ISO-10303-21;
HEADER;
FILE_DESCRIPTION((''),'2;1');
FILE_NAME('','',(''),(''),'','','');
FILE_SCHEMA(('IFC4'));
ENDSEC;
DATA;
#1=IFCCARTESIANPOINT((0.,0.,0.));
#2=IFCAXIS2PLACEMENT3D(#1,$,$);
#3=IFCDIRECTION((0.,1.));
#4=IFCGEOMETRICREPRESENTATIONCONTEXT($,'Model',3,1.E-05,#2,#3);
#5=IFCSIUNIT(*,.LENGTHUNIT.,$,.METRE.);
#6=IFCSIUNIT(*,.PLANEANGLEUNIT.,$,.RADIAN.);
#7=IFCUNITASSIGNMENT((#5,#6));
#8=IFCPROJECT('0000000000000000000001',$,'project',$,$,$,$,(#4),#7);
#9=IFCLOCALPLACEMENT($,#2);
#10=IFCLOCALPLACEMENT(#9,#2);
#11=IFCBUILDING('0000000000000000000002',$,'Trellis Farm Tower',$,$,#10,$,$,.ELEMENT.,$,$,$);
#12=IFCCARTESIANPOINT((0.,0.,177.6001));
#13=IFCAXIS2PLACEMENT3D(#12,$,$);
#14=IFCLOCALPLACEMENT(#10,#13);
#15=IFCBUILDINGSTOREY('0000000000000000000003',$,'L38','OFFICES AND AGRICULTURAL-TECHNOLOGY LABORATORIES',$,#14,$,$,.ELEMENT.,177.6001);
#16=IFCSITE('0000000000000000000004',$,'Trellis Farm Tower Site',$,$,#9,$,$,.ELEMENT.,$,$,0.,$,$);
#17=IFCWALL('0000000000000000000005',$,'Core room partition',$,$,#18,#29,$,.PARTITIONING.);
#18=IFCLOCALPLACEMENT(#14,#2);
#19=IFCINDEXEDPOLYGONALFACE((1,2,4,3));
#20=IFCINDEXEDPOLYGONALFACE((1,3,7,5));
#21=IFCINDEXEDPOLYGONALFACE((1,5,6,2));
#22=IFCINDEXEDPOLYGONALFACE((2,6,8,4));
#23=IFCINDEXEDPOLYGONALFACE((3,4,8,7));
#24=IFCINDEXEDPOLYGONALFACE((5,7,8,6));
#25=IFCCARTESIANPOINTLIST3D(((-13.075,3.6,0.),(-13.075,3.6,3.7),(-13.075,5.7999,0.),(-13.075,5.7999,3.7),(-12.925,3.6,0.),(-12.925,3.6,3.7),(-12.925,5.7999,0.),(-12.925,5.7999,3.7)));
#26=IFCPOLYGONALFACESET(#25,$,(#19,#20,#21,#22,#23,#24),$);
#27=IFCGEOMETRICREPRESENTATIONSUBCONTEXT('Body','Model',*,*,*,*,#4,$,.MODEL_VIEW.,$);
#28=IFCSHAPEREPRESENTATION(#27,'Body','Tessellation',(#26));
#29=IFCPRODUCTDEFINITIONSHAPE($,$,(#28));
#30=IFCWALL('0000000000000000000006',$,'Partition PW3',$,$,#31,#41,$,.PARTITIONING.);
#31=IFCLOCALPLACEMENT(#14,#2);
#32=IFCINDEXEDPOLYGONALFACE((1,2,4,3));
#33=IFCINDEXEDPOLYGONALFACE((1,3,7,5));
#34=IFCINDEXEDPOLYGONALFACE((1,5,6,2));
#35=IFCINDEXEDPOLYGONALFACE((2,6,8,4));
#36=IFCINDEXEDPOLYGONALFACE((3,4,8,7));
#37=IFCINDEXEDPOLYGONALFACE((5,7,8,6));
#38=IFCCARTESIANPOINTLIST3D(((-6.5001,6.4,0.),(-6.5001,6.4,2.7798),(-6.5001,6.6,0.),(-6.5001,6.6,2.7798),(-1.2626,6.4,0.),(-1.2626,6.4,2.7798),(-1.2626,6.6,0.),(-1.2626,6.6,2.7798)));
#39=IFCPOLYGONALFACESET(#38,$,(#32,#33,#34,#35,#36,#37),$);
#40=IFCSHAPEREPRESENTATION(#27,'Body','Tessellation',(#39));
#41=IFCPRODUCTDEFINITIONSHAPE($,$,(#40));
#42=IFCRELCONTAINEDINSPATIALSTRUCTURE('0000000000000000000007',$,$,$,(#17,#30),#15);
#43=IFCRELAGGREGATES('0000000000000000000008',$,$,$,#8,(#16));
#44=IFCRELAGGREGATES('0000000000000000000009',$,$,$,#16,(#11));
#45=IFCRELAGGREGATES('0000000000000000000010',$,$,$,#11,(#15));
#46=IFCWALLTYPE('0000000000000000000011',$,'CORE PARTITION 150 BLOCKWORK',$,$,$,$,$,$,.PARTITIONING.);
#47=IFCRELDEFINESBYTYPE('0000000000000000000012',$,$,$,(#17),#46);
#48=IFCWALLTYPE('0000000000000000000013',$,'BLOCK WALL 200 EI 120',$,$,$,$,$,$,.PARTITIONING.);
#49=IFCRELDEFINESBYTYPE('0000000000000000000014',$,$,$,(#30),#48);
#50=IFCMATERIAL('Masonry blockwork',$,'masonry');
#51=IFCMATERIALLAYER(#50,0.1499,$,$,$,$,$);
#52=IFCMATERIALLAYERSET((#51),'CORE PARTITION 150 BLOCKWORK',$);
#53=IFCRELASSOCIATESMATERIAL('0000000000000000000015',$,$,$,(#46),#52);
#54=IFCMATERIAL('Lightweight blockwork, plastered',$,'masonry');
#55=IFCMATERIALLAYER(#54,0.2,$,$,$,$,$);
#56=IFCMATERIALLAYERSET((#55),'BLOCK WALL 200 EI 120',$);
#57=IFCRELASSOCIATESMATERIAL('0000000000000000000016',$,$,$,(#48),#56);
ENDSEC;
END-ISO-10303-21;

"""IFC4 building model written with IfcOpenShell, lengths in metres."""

from ifc_helpers import new_model, si_unit, direction, frame, frame_2d, origin, place, context, subcontext, project, spatial, rectangle, extrude, source, transform, mapped, material, layer, layer_set, type_object, element, save


model = new_model("IFC4")

# Units and contexts
model_context = context("Model", 3, precision=1e-05, world=origin(), true_north=direction((0.0, 1.0)))
body_context = subcontext(model_context, "Body", "Model", "MODEL_VIEW")
ifc_project = project(units=[si_unit("LENGTHUNIT", "METRE"), si_unit("PLANEANGLEUNIT", "RADIAN")], contexts=[model_context])

# Site, building, storey
site_placement = place(None, origin())
site = spatial("IfcSite", under=ifc_project, at=site_placement, Name="Trellis Farm Tower Site", CompositionType="ELEMENT", RefElevation=0.0)
building_placement = place(site_placement, origin())
building = spatial("IfcBuilding", under=site, at=building_placement, Name="Trellis Farm Tower", CompositionType="ELEMENT")
storey_placement = place(building_placement, frame((0.0, 0.0, 177.6001)))
storey = spatial("IfcBuildingStorey", under=building, at=storey_placement, Name="L38", Description="OFFICES AND AGRICULTURAL-TECHNOLOGY LABORATORIES", CompositionType="ELEMENT", Elevation=177.6001)

# Walls
ifc_material_1 = material(Name="Masonry blockwork", Category="masonry")
ifc_layer_1 = layer(ifc_material_1, 0.1499)
ifc_layer_set_1 = layer_set([ifc_layer_1], Name="CORE PARTITION 150 BLOCKWORK")
wall_type_1 = type_object("IfcWallType", Name="CORE PARTITION 150 BLOCKWORK", PredefinedType="PARTITIONING", material=ifc_layer_set_1)
shared_shape_1 = source(origin(), body_context, "Body", "SweptSolid", [
    extrude(rectangle(XDim=2.2, YDim=0.1499, at=frame_2d((1.1001, 0.0))), origin(), (0.0, 0.0, 1.0), 3.7),
])
for number, where, z_axis, x_axis, name in (
    (1, (-13.0, 5.8, 0.0), (0.0, 0.0, 1.0), (0.0, -1.0, 0.0), "Core room partition"),
):
    element("IfcWall", number, at=place(storey_placement, frame(where, z_axis=z_axis, x_axis=x_axis)), inside=storey, type_object=wall_type_1, Name=name, PredefinedType="PARTITIONING", context=body_context, shape_type="MappedRepresentation", body=[
        mapped(shared_shape_1, transform((0.0, 0.0, 0.0))),
    ])
ifc_material_2 = material(Name="Lightweight blockwork, plastered", Category="masonry")
ifc_layer_2 = layer(ifc_material_2, 0.2)
ifc_layer_set_2 = layer_set([ifc_layer_2], Name="BLOCK WALL 200 EI 120")
wall_type_2 = type_object("IfcWallType", Name="BLOCK WALL 200 EI 120", PredefinedType="PARTITIONING", material=ifc_layer_set_2)
shared_shape_2 = source(origin(), body_context, "Body", "SweptSolid", [
    extrude(rectangle(XDim=5.2375, YDim=0.2, at=frame_2d((2.6187, 0.0))), origin(), (0.0, 0.0, 1.0), 2.7798),
])
wall_1_placement = place(storey_placement, frame((-6.5, 6.5, 0.0), z_axis=(0.0, 0.0, 1.0), x_axis=(1.0, 0.0, 0.0)))
element("IfcWall", 2, at=wall_1_placement, inside=storey, type_object=wall_type_2, Name="Partition PW3", PredefinedType="PARTITIONING", context=body_context, shape_type="MappedRepresentation", body=[
    mapped(shared_shape_2, transform((0.0, 0.0, 0.0))),
])

save(model, "model.ifc")
